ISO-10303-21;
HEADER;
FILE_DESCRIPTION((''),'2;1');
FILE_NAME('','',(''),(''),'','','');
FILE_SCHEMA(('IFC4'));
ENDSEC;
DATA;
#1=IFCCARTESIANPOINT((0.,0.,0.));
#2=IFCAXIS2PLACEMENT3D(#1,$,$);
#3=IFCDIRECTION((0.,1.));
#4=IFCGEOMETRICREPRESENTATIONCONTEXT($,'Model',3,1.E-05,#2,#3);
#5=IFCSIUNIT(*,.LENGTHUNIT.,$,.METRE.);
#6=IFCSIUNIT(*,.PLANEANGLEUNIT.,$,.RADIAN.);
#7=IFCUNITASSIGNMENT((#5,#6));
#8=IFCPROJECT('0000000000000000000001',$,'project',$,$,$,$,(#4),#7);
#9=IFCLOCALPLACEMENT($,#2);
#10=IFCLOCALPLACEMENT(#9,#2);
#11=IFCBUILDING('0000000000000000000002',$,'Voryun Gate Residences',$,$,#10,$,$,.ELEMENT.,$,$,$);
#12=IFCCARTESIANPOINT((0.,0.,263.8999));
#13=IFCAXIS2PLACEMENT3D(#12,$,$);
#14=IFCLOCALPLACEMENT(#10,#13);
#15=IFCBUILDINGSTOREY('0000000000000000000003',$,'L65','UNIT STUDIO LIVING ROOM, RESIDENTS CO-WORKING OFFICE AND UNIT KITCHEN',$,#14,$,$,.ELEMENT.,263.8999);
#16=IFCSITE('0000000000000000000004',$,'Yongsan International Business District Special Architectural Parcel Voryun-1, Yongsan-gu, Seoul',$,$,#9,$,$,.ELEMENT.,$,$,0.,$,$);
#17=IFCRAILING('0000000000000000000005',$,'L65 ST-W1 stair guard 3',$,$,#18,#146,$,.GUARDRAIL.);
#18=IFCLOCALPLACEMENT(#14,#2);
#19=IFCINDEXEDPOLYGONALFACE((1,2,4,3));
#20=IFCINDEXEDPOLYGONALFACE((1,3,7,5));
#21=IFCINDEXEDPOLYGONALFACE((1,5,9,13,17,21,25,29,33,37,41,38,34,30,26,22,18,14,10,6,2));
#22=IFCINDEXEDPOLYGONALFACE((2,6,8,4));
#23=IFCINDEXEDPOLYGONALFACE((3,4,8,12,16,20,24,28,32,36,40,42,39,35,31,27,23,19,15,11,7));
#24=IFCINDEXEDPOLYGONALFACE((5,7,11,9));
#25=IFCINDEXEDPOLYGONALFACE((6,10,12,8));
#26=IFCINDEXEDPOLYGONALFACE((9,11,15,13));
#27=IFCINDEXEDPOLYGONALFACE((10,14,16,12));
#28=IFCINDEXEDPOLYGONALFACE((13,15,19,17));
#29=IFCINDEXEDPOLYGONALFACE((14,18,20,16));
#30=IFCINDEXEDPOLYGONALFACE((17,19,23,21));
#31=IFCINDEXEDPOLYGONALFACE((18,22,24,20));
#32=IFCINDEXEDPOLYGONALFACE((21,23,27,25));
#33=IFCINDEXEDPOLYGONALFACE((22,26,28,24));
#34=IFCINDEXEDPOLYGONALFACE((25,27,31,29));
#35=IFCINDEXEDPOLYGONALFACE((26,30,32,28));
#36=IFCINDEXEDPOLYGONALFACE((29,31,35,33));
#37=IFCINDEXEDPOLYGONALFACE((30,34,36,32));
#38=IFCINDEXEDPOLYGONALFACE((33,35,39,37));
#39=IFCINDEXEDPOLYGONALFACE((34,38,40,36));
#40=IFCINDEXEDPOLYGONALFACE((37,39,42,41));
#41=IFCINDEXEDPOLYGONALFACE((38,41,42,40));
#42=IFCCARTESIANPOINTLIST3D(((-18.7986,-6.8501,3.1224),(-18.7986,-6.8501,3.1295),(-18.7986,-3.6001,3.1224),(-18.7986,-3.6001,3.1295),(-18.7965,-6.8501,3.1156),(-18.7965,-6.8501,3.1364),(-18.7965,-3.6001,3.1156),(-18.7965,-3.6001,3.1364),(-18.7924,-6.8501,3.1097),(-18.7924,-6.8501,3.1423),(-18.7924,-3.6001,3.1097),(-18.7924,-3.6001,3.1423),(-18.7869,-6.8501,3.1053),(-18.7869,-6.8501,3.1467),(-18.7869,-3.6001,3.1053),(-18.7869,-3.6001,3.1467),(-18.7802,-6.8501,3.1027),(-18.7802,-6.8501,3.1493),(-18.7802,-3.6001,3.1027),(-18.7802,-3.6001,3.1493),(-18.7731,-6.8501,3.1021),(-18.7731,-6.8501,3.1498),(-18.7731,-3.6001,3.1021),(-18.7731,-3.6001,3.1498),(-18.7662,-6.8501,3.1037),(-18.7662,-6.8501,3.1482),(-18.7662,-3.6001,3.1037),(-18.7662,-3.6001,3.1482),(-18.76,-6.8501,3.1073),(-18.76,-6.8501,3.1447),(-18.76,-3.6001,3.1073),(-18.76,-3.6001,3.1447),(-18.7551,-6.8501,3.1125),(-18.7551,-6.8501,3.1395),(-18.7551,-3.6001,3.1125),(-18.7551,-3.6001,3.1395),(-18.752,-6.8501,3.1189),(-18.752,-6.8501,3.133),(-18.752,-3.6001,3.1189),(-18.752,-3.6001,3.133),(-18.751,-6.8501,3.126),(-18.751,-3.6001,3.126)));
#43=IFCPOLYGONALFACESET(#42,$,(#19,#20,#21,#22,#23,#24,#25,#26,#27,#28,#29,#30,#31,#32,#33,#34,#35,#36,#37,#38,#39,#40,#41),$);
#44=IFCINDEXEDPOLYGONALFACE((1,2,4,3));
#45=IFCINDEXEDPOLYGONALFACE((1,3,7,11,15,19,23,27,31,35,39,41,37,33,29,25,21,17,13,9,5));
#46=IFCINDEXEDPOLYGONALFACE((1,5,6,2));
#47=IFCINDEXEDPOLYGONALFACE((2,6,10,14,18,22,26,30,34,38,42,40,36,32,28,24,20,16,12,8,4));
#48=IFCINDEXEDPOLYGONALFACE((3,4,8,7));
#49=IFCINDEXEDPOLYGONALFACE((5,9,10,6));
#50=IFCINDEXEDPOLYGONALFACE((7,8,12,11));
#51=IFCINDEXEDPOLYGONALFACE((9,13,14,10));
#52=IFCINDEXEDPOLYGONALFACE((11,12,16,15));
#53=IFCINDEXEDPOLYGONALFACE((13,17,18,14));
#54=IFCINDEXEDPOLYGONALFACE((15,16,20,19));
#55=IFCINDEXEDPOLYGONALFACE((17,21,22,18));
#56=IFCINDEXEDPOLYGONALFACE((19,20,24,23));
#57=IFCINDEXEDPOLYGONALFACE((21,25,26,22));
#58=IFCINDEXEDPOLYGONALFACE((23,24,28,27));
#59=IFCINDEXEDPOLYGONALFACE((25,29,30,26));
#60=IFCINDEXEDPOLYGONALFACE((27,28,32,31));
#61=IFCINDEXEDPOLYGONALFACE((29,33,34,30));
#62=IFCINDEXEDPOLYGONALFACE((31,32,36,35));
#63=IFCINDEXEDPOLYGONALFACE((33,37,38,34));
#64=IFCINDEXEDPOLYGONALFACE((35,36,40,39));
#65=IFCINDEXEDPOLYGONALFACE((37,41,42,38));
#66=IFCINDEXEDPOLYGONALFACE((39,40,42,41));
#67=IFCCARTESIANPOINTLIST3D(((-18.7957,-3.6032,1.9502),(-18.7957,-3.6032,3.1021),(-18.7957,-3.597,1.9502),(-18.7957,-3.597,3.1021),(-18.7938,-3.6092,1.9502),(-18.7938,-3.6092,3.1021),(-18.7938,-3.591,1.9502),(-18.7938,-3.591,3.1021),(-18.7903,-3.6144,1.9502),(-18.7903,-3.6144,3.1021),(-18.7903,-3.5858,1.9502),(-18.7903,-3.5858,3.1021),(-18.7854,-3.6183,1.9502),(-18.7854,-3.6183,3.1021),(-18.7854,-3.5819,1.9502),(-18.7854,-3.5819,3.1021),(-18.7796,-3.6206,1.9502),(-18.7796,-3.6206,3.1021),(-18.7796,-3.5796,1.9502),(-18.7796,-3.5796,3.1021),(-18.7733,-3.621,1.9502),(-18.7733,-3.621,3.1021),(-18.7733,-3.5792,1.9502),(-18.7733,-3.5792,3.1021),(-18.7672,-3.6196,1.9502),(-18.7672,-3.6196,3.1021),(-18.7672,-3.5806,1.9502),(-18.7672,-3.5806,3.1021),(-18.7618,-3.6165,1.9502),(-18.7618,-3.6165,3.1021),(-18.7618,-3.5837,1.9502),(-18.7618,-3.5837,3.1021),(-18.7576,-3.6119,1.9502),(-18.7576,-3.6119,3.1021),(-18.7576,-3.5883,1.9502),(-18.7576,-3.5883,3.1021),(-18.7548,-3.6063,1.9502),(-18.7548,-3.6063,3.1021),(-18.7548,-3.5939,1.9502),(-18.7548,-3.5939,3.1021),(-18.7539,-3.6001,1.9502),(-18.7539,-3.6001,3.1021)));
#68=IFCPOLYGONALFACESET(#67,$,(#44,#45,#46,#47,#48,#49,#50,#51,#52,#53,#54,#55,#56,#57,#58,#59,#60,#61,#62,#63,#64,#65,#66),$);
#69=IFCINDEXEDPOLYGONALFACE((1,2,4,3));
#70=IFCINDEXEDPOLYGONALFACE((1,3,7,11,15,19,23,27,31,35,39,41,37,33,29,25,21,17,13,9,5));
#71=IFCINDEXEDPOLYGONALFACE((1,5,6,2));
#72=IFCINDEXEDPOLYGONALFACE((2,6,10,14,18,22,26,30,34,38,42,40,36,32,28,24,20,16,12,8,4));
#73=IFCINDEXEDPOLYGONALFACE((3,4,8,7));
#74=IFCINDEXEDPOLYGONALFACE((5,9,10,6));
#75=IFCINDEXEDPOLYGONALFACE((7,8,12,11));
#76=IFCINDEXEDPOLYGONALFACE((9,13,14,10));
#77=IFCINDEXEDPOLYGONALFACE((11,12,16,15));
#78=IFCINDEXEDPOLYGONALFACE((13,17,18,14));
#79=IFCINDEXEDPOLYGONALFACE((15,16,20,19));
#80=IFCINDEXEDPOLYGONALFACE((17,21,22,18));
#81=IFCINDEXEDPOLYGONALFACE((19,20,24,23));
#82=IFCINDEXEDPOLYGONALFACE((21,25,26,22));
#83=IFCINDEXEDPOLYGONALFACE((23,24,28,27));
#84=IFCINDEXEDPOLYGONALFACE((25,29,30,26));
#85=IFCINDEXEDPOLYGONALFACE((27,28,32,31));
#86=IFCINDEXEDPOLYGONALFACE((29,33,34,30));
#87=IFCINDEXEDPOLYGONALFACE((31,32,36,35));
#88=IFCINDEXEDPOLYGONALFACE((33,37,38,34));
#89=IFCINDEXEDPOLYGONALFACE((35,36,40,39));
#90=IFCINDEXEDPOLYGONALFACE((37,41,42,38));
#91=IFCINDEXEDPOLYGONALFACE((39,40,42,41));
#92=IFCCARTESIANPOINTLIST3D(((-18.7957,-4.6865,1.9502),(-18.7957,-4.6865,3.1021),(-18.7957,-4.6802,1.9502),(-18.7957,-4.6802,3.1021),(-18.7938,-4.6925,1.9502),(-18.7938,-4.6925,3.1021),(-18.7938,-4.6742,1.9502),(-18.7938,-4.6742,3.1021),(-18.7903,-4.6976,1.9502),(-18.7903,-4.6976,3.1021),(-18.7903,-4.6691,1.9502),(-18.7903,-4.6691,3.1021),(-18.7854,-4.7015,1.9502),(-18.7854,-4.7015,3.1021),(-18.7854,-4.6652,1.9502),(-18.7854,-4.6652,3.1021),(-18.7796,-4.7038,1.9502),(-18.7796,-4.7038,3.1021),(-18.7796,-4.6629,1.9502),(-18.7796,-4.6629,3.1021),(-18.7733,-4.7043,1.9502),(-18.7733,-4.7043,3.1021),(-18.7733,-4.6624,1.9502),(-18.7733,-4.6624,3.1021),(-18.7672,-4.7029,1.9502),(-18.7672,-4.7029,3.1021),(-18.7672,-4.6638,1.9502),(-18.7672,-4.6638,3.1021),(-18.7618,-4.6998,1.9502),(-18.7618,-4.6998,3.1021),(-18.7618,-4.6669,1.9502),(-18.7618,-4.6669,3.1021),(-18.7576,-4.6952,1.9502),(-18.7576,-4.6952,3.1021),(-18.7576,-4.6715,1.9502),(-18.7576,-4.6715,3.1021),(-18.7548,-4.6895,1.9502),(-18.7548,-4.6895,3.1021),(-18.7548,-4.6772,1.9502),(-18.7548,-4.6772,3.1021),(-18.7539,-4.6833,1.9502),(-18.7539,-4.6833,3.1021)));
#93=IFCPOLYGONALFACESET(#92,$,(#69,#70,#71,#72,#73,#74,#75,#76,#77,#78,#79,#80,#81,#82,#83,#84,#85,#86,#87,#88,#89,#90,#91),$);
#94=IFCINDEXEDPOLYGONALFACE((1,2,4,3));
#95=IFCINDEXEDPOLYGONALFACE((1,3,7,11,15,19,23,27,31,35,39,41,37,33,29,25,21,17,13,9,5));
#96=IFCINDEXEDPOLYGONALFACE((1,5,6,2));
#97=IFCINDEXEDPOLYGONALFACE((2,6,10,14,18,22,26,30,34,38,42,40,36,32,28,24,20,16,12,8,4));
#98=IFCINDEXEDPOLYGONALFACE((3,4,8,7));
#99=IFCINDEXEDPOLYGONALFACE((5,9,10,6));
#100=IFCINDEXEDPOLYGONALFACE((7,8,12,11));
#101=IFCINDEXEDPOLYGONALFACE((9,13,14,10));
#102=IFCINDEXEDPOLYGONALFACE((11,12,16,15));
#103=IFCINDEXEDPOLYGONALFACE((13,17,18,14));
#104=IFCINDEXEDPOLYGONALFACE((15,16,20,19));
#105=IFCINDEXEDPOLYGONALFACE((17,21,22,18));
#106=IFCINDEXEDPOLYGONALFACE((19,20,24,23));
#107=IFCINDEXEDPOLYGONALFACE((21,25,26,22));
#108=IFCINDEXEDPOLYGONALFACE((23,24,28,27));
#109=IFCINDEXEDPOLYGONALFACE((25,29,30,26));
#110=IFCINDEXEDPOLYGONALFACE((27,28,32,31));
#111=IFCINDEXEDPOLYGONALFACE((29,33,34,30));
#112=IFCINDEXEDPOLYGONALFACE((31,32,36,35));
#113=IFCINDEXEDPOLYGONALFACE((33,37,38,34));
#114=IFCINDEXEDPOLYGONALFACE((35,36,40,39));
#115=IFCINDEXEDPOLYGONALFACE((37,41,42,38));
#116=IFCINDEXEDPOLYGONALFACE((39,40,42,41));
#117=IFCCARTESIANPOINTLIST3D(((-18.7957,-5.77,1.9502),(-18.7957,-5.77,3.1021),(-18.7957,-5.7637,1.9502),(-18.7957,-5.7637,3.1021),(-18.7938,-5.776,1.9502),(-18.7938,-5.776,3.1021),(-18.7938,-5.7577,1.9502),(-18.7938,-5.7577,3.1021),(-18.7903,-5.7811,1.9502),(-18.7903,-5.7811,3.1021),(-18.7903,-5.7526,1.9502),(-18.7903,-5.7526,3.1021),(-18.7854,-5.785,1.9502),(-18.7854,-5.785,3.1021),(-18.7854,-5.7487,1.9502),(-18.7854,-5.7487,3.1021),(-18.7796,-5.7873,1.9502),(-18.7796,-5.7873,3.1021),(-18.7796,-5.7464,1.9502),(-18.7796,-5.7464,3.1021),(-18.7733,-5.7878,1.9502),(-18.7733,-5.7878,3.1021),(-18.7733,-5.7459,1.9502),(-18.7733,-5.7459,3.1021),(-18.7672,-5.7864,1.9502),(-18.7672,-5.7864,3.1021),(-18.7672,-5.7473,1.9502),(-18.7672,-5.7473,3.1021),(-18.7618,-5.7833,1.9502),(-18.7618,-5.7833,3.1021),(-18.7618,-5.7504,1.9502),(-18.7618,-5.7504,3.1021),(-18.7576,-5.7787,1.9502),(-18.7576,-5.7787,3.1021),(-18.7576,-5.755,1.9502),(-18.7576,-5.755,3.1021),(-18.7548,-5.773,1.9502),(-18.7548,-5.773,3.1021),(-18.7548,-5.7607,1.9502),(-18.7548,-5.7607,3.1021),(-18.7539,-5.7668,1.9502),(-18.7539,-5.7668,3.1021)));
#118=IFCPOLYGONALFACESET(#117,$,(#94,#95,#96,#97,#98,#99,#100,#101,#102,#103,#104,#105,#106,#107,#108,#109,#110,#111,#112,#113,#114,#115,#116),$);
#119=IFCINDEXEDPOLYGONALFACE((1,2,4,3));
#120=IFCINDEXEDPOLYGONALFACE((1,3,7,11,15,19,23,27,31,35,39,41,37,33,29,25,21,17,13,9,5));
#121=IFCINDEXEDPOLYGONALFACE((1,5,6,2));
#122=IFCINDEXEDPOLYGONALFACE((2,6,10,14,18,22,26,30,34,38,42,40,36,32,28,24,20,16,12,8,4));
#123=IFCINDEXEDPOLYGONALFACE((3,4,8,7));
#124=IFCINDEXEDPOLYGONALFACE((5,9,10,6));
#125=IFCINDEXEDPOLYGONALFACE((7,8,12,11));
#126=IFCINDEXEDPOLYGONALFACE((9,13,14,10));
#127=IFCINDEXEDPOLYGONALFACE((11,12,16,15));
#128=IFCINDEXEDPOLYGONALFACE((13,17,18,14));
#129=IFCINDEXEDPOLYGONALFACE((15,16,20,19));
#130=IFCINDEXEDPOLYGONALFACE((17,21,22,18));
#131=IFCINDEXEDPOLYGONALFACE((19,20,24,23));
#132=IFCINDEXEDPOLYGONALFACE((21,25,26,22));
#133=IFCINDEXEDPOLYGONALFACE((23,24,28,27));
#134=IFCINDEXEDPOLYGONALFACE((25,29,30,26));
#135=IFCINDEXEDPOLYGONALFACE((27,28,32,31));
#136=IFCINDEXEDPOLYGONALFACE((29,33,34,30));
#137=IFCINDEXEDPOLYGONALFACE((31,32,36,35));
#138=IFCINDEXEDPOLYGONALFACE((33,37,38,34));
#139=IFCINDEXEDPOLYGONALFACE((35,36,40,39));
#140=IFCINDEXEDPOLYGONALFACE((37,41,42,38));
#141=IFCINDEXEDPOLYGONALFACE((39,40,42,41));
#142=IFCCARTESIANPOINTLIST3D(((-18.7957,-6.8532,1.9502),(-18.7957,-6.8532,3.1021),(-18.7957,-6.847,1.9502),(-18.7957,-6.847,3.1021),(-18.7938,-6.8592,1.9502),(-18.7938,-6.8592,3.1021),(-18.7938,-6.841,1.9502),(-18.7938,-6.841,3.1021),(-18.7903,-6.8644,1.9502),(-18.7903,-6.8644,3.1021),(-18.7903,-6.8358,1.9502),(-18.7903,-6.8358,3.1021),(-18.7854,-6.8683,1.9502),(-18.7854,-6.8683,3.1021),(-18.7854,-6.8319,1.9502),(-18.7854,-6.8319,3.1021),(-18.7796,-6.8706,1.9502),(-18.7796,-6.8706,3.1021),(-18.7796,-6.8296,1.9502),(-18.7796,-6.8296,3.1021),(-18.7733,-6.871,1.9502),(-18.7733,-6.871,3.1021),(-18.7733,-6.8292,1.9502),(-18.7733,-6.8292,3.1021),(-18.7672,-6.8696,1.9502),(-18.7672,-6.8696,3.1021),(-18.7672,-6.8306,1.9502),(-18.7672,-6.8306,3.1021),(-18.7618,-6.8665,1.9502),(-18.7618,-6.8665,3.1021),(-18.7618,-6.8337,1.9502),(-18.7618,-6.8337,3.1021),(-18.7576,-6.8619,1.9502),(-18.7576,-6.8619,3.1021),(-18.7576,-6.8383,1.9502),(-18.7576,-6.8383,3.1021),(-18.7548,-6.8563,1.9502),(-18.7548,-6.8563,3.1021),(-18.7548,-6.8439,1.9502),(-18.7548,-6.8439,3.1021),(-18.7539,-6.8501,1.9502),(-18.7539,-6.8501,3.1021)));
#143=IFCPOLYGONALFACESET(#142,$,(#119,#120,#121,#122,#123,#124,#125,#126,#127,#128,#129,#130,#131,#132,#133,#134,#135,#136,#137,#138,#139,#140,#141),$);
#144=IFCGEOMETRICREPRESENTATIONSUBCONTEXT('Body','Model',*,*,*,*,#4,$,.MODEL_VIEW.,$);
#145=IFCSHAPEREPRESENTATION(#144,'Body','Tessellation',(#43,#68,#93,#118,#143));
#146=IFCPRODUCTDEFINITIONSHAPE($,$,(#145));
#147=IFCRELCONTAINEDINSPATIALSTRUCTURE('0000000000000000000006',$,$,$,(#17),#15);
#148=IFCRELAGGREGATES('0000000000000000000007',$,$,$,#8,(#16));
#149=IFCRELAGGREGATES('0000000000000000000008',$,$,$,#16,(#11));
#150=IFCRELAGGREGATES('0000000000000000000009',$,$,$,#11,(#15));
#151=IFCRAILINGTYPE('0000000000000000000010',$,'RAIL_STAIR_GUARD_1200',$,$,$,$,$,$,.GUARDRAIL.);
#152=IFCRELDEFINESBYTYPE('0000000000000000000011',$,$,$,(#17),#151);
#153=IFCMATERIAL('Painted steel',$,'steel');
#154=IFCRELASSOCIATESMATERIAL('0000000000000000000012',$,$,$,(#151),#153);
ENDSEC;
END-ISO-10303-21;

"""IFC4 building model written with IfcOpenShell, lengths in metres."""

from ifc_helpers import new_model, si_unit, direction, frame, origin, origin_2d, place, context, subcontext, project, spatial, circle, extrude, material, type_object, element, save


model = new_model("IFC4")

# Units and contexts
model_context = context("Model", 3, precision=1e-05, world=origin(), true_north=direction((0.0, 1.0)))
body_context = subcontext(model_context, "Body", "Model", "MODEL_VIEW")
ifc_project = project(units=[si_unit("LENGTHUNIT", "METRE"), si_unit("PLANEANGLEUNIT", "RADIAN")], contexts=[model_context])

# Site, building, storey
site_placement = place(None, origin())
site = spatial("IfcSite", under=ifc_project, at=site_placement, Name="Yongsan International Business District Special Architectural Parcel Voryun-1, Yongsan-gu, Seoul", CompositionType="ELEMENT", RefElevation=0.0)
building_placement = place(site_placement, origin())
building = spatial("IfcBuilding", under=site, at=building_placement, Name="Voryun Gate Residences", CompositionType="ELEMENT")
storey_placement = place(building_placement, frame((0.0, 0.0, 263.8999)))
storey = spatial("IfcBuildingStorey", under=building, at=storey_placement, Name="L65", Description="UNIT STUDIO LIVING ROOM, RESIDENTS CO-WORKING OFFICE AND UNIT KITCHEN", CompositionType="ELEMENT", Elevation=263.8999)

# Railing
ifc_material_1 = material(Name="Painted steel", Category="steel")
railing_type_1 = type_object("IfcRailingType", Name="RAIL_STAIR_GUARD_1200", PredefinedType="GUARDRAIL", material=ifc_material_1)
railing_1_placement = place(storey_placement, frame((-18.7749, -3.6001, 1.9502)))
element("IfcRailing", 1, at=railing_1_placement, inside=storey, type_object=railing_type_1, Name="L65 ST-W1 stair guard 3", PredefinedType="GUARDRAIL", context=body_context, shape_type="SweptSolid", body=[
    extrude(circle(Radius=0.0239, at=origin_2d()), frame((0.0, 0.0, 1.1758), z_axis=(0.0, -1.0, 0.0), x_axis=(1.0, 0.0, 0.0)), (0.0, 0.0, 1.0), 3.25),
    extrude(circle(Radius=0.021, at=origin_2d()), origin(), (0.0, 0.0, 1.0), 1.1519),
    extrude(circle(Radius=0.021, at=origin_2d()), frame((0.0, -1.0833, 0.0)), (0.0, 0.0, 1.0), 1.1519),
    extrude(circle(Radius=0.021, at=origin_2d()), frame((0.0, -2.1667, 0.0)), (0.0, 0.0, 1.0), 1.1519),
    extrude(circle(Radius=0.021, at=origin_2d()), frame((0.0, -3.25, 0.0)), (0.0, 0.0, 1.0), 1.1519),
])

save(model, "model.ifc")
